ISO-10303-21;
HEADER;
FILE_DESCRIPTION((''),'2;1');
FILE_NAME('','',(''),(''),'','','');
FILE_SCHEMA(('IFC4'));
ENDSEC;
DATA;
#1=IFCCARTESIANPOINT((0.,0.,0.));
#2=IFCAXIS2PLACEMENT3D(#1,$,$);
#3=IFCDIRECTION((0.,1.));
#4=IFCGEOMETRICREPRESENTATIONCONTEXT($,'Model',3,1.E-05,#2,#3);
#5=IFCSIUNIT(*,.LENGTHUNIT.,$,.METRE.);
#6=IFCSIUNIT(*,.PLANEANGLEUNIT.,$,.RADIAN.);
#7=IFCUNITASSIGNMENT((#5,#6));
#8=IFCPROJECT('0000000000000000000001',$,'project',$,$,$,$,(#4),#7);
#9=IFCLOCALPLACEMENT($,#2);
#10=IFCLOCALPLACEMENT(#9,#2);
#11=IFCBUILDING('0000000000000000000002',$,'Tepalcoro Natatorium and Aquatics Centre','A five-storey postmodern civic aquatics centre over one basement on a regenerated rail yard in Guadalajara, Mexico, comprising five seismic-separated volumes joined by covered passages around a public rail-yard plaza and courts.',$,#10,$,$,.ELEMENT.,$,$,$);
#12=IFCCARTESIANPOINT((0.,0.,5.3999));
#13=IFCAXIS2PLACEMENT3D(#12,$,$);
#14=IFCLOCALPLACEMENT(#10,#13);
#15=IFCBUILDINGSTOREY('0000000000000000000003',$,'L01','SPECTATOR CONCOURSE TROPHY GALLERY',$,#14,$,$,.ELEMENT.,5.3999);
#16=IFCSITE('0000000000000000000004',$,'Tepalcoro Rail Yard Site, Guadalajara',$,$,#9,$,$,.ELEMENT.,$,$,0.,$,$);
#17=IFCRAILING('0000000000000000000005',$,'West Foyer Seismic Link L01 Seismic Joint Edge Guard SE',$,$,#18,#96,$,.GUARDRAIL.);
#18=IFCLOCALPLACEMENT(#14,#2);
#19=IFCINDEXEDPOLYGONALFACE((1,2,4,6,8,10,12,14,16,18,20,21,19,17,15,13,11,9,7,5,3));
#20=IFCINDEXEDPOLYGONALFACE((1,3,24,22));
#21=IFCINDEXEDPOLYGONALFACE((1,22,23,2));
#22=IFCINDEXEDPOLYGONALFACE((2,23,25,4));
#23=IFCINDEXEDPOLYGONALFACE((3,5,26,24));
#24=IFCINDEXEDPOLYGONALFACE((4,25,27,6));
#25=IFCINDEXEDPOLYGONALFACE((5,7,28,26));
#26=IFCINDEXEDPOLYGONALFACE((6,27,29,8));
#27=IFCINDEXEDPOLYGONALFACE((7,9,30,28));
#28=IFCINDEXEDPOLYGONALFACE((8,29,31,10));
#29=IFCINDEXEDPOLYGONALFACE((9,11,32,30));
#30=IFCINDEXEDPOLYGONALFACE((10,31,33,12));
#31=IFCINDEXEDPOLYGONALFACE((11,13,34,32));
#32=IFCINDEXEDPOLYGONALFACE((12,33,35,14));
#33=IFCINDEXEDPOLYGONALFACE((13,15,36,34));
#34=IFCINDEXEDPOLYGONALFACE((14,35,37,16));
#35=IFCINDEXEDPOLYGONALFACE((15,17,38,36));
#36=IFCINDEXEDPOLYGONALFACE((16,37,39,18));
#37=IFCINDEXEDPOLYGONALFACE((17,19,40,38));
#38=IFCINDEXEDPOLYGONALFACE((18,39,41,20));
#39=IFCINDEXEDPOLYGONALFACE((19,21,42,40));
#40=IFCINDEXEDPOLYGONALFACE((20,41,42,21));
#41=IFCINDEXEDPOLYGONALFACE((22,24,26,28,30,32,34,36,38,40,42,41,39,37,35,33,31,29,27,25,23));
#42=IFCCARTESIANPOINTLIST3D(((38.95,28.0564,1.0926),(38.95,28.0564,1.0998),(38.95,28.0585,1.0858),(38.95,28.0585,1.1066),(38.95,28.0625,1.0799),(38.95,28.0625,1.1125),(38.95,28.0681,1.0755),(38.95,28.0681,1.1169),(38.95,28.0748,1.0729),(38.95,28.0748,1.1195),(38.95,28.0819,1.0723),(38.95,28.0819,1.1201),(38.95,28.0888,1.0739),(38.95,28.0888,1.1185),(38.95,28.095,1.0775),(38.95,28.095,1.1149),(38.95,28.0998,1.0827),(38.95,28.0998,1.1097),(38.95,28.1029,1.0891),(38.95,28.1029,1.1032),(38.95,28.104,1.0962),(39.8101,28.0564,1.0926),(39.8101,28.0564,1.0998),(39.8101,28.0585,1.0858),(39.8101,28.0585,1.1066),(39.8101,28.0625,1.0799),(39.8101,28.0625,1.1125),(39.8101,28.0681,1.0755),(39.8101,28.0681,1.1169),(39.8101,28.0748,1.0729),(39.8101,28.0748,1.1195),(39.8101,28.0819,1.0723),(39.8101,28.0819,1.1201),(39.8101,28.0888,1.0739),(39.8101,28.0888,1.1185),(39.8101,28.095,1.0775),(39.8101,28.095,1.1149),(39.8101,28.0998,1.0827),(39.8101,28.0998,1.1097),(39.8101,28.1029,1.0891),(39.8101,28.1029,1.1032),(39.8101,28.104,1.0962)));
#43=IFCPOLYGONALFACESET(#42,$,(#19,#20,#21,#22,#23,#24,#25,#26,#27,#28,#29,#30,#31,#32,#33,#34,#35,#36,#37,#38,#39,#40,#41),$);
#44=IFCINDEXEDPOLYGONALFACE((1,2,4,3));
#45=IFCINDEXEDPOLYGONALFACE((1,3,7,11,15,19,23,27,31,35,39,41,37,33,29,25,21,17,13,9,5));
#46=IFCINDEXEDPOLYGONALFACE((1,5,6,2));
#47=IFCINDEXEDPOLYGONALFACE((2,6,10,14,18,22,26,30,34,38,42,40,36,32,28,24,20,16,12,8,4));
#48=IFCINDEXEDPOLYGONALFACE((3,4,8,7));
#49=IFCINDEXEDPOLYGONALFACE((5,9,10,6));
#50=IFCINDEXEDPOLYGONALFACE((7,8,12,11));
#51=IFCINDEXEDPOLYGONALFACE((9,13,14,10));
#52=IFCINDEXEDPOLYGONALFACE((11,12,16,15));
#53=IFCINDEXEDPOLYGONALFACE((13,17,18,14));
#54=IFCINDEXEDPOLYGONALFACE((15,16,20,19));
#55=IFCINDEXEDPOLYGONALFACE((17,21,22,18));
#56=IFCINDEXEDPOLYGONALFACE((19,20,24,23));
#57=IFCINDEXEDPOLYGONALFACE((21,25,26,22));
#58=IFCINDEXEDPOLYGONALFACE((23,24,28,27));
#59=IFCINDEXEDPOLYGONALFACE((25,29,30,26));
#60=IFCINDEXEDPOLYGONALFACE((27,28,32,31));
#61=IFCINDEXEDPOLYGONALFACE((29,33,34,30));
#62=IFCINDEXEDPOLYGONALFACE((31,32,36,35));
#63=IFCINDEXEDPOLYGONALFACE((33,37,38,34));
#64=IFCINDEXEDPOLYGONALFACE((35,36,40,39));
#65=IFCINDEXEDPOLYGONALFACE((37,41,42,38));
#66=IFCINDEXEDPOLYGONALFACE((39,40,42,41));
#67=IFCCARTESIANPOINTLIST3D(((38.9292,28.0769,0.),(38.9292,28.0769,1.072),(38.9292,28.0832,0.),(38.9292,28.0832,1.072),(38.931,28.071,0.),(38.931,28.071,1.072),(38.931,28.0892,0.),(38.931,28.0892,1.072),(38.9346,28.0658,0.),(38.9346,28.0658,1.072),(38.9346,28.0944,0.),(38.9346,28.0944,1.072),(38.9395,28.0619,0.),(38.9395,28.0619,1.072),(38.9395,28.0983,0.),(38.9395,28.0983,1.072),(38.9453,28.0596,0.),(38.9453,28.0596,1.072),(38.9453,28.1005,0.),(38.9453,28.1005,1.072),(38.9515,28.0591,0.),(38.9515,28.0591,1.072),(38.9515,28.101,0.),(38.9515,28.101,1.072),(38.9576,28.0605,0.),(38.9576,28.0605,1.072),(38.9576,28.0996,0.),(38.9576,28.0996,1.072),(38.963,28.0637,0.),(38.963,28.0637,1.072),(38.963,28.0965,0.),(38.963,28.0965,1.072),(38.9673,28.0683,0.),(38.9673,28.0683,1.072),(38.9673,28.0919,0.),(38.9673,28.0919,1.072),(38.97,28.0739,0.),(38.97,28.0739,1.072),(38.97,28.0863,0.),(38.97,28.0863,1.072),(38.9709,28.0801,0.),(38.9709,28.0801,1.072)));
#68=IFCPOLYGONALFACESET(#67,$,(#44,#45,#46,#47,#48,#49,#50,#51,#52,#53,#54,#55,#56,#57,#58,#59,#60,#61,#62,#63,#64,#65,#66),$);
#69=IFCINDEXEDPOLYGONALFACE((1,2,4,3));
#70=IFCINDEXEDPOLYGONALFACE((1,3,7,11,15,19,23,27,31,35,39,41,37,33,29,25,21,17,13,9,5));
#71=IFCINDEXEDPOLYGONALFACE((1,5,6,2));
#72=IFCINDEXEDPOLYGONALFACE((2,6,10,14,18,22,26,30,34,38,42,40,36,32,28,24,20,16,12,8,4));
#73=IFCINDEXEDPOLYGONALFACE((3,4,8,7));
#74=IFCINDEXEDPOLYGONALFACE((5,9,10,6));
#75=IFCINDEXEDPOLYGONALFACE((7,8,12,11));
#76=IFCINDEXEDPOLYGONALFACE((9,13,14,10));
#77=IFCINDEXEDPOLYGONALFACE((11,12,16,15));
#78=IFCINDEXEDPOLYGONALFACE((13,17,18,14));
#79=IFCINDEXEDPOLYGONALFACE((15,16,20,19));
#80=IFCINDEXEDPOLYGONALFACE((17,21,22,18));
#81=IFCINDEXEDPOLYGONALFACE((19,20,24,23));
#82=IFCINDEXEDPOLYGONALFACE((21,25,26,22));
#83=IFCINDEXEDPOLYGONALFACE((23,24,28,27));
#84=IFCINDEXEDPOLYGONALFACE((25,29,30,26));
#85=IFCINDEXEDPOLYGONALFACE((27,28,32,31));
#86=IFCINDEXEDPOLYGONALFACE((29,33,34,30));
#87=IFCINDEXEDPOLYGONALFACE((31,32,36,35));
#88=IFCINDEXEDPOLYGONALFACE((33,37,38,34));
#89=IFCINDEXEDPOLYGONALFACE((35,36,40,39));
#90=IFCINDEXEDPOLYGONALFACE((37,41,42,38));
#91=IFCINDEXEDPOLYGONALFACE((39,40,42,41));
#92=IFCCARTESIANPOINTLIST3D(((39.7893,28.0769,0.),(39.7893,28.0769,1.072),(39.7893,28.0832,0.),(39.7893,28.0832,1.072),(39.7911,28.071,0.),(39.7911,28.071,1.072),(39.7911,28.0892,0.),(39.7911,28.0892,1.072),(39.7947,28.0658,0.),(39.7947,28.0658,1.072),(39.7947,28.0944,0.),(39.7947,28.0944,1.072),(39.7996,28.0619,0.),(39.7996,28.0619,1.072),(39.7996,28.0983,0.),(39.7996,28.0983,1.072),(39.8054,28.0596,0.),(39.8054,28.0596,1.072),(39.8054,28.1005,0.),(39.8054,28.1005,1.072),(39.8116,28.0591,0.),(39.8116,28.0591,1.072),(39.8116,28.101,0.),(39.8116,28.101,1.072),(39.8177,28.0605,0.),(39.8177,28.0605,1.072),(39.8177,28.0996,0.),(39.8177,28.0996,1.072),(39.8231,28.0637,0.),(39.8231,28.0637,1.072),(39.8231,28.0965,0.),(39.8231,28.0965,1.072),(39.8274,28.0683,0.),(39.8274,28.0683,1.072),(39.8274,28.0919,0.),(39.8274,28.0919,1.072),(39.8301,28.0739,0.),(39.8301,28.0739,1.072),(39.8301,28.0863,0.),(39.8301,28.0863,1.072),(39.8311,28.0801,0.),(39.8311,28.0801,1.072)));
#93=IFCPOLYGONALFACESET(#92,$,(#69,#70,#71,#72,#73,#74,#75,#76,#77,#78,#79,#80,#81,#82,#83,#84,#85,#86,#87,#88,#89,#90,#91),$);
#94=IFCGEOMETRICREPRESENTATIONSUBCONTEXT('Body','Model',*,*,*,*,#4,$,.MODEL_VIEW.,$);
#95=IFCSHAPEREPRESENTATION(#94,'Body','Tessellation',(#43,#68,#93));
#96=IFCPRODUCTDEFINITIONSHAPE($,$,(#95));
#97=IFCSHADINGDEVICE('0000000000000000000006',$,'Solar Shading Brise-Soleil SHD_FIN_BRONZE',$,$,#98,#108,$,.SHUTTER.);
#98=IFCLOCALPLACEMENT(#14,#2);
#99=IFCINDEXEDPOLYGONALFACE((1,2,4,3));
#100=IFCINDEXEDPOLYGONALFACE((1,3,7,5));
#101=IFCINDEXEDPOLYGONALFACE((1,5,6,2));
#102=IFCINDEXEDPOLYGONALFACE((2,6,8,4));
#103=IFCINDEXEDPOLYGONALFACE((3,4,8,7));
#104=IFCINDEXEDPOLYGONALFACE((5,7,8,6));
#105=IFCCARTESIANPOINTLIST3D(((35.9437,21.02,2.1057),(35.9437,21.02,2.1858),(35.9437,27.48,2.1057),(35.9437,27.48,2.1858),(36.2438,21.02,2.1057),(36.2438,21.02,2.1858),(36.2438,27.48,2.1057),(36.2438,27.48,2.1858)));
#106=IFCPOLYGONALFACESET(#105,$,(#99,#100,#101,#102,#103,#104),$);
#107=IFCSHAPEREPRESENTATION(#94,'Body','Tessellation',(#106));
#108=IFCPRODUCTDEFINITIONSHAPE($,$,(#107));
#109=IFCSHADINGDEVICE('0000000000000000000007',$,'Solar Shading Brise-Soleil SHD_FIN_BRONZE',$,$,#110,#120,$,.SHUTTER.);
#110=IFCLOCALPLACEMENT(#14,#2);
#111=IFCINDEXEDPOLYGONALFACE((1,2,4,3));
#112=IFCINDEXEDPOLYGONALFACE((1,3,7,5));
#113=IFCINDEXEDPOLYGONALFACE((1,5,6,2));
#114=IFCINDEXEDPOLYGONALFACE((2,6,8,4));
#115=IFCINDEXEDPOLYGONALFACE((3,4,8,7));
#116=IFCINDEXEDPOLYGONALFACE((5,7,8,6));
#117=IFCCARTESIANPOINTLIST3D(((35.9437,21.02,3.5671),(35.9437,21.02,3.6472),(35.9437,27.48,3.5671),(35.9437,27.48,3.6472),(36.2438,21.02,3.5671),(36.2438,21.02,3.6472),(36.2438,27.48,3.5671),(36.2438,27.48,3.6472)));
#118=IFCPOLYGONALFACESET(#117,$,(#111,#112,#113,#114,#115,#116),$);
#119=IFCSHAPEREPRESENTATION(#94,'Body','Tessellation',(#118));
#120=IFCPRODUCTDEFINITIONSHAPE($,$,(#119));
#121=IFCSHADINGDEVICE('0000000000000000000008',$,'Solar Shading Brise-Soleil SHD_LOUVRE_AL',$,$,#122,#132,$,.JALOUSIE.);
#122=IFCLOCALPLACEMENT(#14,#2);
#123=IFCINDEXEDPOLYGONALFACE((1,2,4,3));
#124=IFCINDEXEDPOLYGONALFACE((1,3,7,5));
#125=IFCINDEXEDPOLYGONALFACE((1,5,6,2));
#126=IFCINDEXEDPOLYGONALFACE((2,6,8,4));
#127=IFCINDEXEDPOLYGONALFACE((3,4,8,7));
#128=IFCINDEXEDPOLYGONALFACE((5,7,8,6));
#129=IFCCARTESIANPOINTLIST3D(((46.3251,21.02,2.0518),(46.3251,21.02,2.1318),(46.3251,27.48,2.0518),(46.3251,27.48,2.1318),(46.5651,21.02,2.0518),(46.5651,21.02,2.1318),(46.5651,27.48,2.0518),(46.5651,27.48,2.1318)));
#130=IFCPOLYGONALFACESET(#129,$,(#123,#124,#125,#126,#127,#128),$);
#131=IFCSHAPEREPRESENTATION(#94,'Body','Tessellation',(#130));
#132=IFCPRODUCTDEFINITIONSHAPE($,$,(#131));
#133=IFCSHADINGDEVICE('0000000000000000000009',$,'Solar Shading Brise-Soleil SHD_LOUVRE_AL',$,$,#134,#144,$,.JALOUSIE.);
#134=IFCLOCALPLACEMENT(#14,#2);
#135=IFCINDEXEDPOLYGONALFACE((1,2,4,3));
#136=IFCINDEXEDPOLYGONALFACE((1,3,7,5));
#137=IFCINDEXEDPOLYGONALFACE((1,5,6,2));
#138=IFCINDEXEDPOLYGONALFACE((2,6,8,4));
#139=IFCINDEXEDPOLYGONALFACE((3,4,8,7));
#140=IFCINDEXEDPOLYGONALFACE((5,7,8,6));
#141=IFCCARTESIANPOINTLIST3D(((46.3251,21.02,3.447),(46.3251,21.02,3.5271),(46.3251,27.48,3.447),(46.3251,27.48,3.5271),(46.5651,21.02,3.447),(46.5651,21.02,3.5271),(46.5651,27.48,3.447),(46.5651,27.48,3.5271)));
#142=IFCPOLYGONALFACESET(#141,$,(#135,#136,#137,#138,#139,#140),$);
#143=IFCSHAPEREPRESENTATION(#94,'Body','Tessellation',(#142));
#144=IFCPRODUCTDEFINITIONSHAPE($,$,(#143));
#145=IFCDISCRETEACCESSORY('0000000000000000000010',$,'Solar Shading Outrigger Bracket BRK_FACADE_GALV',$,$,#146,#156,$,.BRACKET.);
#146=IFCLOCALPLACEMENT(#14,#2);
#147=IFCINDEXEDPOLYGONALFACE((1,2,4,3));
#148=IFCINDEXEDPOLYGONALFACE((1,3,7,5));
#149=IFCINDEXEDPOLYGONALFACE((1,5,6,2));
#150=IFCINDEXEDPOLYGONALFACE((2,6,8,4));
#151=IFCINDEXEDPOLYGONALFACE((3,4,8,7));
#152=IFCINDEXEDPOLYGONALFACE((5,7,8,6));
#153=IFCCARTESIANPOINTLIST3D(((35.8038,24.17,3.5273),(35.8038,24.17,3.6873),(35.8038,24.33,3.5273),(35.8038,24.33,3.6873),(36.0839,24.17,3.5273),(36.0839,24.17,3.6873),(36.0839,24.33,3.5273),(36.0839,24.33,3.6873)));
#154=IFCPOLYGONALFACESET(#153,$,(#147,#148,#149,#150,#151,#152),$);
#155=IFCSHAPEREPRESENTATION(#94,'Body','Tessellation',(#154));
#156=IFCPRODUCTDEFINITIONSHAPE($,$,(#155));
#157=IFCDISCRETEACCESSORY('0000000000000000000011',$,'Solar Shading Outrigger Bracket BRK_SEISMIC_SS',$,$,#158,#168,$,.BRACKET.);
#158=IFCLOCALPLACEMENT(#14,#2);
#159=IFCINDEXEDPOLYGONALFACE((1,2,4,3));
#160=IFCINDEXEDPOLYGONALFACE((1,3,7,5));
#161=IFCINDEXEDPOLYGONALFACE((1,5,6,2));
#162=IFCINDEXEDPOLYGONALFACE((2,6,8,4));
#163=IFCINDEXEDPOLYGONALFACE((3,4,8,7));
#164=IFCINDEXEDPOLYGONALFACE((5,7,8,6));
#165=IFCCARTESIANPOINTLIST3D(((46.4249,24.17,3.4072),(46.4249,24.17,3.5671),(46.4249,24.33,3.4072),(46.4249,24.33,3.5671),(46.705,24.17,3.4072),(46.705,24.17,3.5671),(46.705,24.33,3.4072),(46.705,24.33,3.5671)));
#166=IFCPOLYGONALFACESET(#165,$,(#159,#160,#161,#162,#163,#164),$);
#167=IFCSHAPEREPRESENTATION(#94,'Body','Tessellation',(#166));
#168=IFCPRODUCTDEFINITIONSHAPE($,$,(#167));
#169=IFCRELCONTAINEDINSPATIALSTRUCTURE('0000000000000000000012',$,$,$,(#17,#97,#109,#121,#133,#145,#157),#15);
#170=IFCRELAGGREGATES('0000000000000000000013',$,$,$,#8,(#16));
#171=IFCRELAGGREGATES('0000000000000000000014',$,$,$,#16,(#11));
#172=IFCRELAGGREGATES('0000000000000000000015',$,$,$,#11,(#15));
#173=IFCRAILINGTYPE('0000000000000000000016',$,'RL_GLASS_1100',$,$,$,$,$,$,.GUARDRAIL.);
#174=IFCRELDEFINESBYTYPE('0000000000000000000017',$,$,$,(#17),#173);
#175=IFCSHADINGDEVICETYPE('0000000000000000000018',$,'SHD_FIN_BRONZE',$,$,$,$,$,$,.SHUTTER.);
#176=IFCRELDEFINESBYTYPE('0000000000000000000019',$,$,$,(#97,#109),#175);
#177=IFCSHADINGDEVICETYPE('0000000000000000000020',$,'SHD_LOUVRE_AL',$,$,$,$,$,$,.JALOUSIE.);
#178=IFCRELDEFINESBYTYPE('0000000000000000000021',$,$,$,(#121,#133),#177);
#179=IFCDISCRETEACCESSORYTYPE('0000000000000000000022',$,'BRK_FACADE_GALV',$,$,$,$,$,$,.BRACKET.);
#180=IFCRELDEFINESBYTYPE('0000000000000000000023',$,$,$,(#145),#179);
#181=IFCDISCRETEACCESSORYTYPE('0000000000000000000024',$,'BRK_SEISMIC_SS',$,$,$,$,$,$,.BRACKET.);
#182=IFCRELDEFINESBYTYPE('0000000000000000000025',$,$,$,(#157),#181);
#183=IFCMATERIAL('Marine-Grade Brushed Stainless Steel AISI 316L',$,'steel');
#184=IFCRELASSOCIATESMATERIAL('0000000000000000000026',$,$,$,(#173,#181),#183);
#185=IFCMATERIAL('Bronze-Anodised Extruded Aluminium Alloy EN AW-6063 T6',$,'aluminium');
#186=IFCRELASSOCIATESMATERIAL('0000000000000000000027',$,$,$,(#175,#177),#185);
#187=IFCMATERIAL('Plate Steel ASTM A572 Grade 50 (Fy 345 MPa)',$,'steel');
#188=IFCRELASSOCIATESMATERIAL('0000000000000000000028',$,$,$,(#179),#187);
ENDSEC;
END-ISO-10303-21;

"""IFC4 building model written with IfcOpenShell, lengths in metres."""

from ifc_helpers import new_model, si_unit, direction, frame, origin, origin_2d, place, context, subcontext, project, spatial, rectangle, circle, extrude, material, type_object, element, save


model = new_model("IFC4")

# Units and contexts
model_context = context("Model", 3, precision=1e-05, world=origin(), true_north=direction((0.0, 1.0)))
body_context = subcontext(model_context, "Body", "Model", "MODEL_VIEW")
ifc_project = project(units=[si_unit("LENGTHUNIT", "METRE"), si_unit("PLANEANGLEUNIT", "RADIAN")], contexts=[model_context])

# Site, building, storey
site_placement = place(None, origin())
site = spatial("IfcSite", under=ifc_project, at=site_placement, Name="Tepalcoro Rail Yard Site, Guadalajara", CompositionType="ELEMENT", RefElevation=0.0)
building_placement = place(site_placement, origin())
building = spatial("IfcBuilding", under=site, at=building_placement, Name="Tepalcoro Natatorium and Aquatics Centre", Description="A five-storey postmodern civic aquatics centre over one basement on a regenerated rail yard in Guadalajara, Mexico, comprising five seismic-separated volumes joined by covered passages around a public rail-yard plaza and courts.", CompositionType="ELEMENT")
storey_placement = place(building_placement, frame((0.0, 0.0, 5.3999)))
storey = spatial("IfcBuildingStorey", under=building, at=storey_placement, Name="L01", Description="SPECTATOR CONCOURSE TROPHY GALLERY", CompositionType="ELEMENT", Elevation=5.3999)

# Shared definitions
ifc_material_1 = material(Name="Bronze-Anodised Extruded Aluminium Alloy EN AW-6063 T6", Category="aluminium")

# Railing
ifc_material_2 = material(Name="Marine-Grade Brushed Stainless Steel AISI 316L", Category="steel")
railing_type = type_object("IfcRailingType", Name="RL_GLASS_1100", PredefinedType="GUARDRAIL", material=ifc_material_2)
railing_1_placement = place(storey_placement, frame((38.95, 28.0801, 0.0)))
element("IfcRailing", 1, at=railing_1_placement, inside=storey, type_object=railing_type, Name="West Foyer Seismic Link L01 Seismic Joint Edge Guard SE", PredefinedType="GUARDRAIL", context=body_context, shape_type="SweptSolid", body=[
    extrude(circle(Radius=0.0239, at=origin_2d()), frame((0.0, 0.0, 1.0962), z_axis=(1.0, 0.0, 0.0), x_axis=(0.0, 1.0, 0.0)), (0.0, 0.0, 1.0), 0.8601),
    extrude(circle(Radius=0.021, at=origin_2d()), origin(), (0.0, 0.0, 1.0), 1.072),
    extrude(circle(Radius=0.021, at=origin_2d()), frame((0.8601, 0.0, 0.0)), (0.0, 0.0, 1.0), 1.072),
])

# Shading devices
shading_device_type_1 = type_object("IfcShadingDeviceType", Name="SHD_FIN_BRONZE", PredefinedType="SHUTTER", material=ifc_material_1)
for number, where, z_axis, x_axis, name in (
    (2, (36.0938, 24.25, 2.1057), (0.0, 0.0, 1.0), (1.0, 0.0, 0.0), "Solar Shading Brise-Soleil SHD_FIN_BRONZE"),
    (3, (36.0938, 24.25, 3.5671), (0.0, 0.0, 1.0), (1.0, 0.0, 0.0), "Solar Shading Brise-Soleil SHD_FIN_BRONZE"),
):
    element("IfcShadingDevice", number, at=place(storey_placement, frame(where, z_axis=z_axis, x_axis=x_axis)), inside=storey, type_object=shading_device_type_1, Name=name, PredefinedType="SHUTTER", context=body_context, shape_type="SweptSolid", body=[
        extrude(rectangle(XDim=0.3, YDim=6.46, at=origin_2d()), origin(), (0.0, 0.0, 1.0), 0.0801),
    ])
shading_device_type_2 = type_object("IfcShadingDeviceType", Name="SHD_LOUVRE_AL", PredefinedType="JALOUSIE", material=ifc_material_1)
for number, where, z_axis, x_axis, name in (
    (4, (46.4451, 24.25, 2.0518), (0.0, 0.0, 1.0), (1.0, 0.0, 0.0), "Solar Shading Brise-Soleil SHD_LOUVRE_AL"),
    (5, (46.4451, 24.25, 3.447), (0.0, 0.0, 1.0), (1.0, 0.0, 0.0), "Solar Shading Brise-Soleil SHD_LOUVRE_AL"),
):
    element("IfcShadingDevice", number, at=place(storey_placement, frame(where, z_axis=z_axis, x_axis=x_axis)), inside=storey, type_object=shading_device_type_2, Name=name, PredefinedType="JALOUSIE", context=body_context, shape_type="SweptSolid", body=[
        extrude(rectangle(XDim=0.24, YDim=6.46, at=origin_2d()), origin(), (0.0, 0.0, 1.0), 0.0801),
    ])

# Discrete accessories
ifc_material_3 = material(Name="Plate Steel ASTM A572 Grade 50 (Fy 345 MPa)", Category="steel")
discrete_accessory_type_1 = type_object("IfcDiscreteAccessoryType", Name="BRK_FACADE_GALV", PredefinedType="BRACKET", material=ifc_material_3)
discrete_accessory_1_placement = place(storey_placement, frame((35.9438, 24.25, 3.5273), z_axis=(0.0, 0.0, 1.0), x_axis=(1.0, 0.0, 0.0)))
element("IfcDiscreteAccessory", 6, at=discrete_accessory_1_placement, inside=storey, type_object=discrete_accessory_type_1, Name="Solar Shading Outrigger Bracket BRK_FACADE_GALV", PredefinedType="BRACKET", context=body_context, shape_type="SweptSolid", body=[
    extrude(rectangle(XDim=0.28, YDim=0.1599, at=origin_2d()), origin(), (0.0, 0.0, 1.0), 0.1599),
])
discrete_accessory_type_2 = type_object("IfcDiscreteAccessoryType", Name="BRK_SEISMIC_SS", PredefinedType="BRACKET", material=ifc_material_2)
discrete_accessory_2_placement = place(storey_placement, frame((46.5649, 24.25, 3.4072), z_axis=(0.0, 0.0, 1.0), x_axis=(1.0, 0.0, 0.0)))
element("IfcDiscreteAccessory", 7, at=discrete_accessory_2_placement, inside=storey, type_object=discrete_accessory_type_2, Name="Solar Shading Outrigger Bracket BRK_SEISMIC_SS", PredefinedType="BRACKET", context=body_context, shape_type="SweptSolid", body=[
    extrude(rectangle(XDim=0.28, YDim=0.1599, at=origin_2d()), origin(), (0.0, 0.0, 1.0), 0.1599),
])

save(model, "model.ifc")
